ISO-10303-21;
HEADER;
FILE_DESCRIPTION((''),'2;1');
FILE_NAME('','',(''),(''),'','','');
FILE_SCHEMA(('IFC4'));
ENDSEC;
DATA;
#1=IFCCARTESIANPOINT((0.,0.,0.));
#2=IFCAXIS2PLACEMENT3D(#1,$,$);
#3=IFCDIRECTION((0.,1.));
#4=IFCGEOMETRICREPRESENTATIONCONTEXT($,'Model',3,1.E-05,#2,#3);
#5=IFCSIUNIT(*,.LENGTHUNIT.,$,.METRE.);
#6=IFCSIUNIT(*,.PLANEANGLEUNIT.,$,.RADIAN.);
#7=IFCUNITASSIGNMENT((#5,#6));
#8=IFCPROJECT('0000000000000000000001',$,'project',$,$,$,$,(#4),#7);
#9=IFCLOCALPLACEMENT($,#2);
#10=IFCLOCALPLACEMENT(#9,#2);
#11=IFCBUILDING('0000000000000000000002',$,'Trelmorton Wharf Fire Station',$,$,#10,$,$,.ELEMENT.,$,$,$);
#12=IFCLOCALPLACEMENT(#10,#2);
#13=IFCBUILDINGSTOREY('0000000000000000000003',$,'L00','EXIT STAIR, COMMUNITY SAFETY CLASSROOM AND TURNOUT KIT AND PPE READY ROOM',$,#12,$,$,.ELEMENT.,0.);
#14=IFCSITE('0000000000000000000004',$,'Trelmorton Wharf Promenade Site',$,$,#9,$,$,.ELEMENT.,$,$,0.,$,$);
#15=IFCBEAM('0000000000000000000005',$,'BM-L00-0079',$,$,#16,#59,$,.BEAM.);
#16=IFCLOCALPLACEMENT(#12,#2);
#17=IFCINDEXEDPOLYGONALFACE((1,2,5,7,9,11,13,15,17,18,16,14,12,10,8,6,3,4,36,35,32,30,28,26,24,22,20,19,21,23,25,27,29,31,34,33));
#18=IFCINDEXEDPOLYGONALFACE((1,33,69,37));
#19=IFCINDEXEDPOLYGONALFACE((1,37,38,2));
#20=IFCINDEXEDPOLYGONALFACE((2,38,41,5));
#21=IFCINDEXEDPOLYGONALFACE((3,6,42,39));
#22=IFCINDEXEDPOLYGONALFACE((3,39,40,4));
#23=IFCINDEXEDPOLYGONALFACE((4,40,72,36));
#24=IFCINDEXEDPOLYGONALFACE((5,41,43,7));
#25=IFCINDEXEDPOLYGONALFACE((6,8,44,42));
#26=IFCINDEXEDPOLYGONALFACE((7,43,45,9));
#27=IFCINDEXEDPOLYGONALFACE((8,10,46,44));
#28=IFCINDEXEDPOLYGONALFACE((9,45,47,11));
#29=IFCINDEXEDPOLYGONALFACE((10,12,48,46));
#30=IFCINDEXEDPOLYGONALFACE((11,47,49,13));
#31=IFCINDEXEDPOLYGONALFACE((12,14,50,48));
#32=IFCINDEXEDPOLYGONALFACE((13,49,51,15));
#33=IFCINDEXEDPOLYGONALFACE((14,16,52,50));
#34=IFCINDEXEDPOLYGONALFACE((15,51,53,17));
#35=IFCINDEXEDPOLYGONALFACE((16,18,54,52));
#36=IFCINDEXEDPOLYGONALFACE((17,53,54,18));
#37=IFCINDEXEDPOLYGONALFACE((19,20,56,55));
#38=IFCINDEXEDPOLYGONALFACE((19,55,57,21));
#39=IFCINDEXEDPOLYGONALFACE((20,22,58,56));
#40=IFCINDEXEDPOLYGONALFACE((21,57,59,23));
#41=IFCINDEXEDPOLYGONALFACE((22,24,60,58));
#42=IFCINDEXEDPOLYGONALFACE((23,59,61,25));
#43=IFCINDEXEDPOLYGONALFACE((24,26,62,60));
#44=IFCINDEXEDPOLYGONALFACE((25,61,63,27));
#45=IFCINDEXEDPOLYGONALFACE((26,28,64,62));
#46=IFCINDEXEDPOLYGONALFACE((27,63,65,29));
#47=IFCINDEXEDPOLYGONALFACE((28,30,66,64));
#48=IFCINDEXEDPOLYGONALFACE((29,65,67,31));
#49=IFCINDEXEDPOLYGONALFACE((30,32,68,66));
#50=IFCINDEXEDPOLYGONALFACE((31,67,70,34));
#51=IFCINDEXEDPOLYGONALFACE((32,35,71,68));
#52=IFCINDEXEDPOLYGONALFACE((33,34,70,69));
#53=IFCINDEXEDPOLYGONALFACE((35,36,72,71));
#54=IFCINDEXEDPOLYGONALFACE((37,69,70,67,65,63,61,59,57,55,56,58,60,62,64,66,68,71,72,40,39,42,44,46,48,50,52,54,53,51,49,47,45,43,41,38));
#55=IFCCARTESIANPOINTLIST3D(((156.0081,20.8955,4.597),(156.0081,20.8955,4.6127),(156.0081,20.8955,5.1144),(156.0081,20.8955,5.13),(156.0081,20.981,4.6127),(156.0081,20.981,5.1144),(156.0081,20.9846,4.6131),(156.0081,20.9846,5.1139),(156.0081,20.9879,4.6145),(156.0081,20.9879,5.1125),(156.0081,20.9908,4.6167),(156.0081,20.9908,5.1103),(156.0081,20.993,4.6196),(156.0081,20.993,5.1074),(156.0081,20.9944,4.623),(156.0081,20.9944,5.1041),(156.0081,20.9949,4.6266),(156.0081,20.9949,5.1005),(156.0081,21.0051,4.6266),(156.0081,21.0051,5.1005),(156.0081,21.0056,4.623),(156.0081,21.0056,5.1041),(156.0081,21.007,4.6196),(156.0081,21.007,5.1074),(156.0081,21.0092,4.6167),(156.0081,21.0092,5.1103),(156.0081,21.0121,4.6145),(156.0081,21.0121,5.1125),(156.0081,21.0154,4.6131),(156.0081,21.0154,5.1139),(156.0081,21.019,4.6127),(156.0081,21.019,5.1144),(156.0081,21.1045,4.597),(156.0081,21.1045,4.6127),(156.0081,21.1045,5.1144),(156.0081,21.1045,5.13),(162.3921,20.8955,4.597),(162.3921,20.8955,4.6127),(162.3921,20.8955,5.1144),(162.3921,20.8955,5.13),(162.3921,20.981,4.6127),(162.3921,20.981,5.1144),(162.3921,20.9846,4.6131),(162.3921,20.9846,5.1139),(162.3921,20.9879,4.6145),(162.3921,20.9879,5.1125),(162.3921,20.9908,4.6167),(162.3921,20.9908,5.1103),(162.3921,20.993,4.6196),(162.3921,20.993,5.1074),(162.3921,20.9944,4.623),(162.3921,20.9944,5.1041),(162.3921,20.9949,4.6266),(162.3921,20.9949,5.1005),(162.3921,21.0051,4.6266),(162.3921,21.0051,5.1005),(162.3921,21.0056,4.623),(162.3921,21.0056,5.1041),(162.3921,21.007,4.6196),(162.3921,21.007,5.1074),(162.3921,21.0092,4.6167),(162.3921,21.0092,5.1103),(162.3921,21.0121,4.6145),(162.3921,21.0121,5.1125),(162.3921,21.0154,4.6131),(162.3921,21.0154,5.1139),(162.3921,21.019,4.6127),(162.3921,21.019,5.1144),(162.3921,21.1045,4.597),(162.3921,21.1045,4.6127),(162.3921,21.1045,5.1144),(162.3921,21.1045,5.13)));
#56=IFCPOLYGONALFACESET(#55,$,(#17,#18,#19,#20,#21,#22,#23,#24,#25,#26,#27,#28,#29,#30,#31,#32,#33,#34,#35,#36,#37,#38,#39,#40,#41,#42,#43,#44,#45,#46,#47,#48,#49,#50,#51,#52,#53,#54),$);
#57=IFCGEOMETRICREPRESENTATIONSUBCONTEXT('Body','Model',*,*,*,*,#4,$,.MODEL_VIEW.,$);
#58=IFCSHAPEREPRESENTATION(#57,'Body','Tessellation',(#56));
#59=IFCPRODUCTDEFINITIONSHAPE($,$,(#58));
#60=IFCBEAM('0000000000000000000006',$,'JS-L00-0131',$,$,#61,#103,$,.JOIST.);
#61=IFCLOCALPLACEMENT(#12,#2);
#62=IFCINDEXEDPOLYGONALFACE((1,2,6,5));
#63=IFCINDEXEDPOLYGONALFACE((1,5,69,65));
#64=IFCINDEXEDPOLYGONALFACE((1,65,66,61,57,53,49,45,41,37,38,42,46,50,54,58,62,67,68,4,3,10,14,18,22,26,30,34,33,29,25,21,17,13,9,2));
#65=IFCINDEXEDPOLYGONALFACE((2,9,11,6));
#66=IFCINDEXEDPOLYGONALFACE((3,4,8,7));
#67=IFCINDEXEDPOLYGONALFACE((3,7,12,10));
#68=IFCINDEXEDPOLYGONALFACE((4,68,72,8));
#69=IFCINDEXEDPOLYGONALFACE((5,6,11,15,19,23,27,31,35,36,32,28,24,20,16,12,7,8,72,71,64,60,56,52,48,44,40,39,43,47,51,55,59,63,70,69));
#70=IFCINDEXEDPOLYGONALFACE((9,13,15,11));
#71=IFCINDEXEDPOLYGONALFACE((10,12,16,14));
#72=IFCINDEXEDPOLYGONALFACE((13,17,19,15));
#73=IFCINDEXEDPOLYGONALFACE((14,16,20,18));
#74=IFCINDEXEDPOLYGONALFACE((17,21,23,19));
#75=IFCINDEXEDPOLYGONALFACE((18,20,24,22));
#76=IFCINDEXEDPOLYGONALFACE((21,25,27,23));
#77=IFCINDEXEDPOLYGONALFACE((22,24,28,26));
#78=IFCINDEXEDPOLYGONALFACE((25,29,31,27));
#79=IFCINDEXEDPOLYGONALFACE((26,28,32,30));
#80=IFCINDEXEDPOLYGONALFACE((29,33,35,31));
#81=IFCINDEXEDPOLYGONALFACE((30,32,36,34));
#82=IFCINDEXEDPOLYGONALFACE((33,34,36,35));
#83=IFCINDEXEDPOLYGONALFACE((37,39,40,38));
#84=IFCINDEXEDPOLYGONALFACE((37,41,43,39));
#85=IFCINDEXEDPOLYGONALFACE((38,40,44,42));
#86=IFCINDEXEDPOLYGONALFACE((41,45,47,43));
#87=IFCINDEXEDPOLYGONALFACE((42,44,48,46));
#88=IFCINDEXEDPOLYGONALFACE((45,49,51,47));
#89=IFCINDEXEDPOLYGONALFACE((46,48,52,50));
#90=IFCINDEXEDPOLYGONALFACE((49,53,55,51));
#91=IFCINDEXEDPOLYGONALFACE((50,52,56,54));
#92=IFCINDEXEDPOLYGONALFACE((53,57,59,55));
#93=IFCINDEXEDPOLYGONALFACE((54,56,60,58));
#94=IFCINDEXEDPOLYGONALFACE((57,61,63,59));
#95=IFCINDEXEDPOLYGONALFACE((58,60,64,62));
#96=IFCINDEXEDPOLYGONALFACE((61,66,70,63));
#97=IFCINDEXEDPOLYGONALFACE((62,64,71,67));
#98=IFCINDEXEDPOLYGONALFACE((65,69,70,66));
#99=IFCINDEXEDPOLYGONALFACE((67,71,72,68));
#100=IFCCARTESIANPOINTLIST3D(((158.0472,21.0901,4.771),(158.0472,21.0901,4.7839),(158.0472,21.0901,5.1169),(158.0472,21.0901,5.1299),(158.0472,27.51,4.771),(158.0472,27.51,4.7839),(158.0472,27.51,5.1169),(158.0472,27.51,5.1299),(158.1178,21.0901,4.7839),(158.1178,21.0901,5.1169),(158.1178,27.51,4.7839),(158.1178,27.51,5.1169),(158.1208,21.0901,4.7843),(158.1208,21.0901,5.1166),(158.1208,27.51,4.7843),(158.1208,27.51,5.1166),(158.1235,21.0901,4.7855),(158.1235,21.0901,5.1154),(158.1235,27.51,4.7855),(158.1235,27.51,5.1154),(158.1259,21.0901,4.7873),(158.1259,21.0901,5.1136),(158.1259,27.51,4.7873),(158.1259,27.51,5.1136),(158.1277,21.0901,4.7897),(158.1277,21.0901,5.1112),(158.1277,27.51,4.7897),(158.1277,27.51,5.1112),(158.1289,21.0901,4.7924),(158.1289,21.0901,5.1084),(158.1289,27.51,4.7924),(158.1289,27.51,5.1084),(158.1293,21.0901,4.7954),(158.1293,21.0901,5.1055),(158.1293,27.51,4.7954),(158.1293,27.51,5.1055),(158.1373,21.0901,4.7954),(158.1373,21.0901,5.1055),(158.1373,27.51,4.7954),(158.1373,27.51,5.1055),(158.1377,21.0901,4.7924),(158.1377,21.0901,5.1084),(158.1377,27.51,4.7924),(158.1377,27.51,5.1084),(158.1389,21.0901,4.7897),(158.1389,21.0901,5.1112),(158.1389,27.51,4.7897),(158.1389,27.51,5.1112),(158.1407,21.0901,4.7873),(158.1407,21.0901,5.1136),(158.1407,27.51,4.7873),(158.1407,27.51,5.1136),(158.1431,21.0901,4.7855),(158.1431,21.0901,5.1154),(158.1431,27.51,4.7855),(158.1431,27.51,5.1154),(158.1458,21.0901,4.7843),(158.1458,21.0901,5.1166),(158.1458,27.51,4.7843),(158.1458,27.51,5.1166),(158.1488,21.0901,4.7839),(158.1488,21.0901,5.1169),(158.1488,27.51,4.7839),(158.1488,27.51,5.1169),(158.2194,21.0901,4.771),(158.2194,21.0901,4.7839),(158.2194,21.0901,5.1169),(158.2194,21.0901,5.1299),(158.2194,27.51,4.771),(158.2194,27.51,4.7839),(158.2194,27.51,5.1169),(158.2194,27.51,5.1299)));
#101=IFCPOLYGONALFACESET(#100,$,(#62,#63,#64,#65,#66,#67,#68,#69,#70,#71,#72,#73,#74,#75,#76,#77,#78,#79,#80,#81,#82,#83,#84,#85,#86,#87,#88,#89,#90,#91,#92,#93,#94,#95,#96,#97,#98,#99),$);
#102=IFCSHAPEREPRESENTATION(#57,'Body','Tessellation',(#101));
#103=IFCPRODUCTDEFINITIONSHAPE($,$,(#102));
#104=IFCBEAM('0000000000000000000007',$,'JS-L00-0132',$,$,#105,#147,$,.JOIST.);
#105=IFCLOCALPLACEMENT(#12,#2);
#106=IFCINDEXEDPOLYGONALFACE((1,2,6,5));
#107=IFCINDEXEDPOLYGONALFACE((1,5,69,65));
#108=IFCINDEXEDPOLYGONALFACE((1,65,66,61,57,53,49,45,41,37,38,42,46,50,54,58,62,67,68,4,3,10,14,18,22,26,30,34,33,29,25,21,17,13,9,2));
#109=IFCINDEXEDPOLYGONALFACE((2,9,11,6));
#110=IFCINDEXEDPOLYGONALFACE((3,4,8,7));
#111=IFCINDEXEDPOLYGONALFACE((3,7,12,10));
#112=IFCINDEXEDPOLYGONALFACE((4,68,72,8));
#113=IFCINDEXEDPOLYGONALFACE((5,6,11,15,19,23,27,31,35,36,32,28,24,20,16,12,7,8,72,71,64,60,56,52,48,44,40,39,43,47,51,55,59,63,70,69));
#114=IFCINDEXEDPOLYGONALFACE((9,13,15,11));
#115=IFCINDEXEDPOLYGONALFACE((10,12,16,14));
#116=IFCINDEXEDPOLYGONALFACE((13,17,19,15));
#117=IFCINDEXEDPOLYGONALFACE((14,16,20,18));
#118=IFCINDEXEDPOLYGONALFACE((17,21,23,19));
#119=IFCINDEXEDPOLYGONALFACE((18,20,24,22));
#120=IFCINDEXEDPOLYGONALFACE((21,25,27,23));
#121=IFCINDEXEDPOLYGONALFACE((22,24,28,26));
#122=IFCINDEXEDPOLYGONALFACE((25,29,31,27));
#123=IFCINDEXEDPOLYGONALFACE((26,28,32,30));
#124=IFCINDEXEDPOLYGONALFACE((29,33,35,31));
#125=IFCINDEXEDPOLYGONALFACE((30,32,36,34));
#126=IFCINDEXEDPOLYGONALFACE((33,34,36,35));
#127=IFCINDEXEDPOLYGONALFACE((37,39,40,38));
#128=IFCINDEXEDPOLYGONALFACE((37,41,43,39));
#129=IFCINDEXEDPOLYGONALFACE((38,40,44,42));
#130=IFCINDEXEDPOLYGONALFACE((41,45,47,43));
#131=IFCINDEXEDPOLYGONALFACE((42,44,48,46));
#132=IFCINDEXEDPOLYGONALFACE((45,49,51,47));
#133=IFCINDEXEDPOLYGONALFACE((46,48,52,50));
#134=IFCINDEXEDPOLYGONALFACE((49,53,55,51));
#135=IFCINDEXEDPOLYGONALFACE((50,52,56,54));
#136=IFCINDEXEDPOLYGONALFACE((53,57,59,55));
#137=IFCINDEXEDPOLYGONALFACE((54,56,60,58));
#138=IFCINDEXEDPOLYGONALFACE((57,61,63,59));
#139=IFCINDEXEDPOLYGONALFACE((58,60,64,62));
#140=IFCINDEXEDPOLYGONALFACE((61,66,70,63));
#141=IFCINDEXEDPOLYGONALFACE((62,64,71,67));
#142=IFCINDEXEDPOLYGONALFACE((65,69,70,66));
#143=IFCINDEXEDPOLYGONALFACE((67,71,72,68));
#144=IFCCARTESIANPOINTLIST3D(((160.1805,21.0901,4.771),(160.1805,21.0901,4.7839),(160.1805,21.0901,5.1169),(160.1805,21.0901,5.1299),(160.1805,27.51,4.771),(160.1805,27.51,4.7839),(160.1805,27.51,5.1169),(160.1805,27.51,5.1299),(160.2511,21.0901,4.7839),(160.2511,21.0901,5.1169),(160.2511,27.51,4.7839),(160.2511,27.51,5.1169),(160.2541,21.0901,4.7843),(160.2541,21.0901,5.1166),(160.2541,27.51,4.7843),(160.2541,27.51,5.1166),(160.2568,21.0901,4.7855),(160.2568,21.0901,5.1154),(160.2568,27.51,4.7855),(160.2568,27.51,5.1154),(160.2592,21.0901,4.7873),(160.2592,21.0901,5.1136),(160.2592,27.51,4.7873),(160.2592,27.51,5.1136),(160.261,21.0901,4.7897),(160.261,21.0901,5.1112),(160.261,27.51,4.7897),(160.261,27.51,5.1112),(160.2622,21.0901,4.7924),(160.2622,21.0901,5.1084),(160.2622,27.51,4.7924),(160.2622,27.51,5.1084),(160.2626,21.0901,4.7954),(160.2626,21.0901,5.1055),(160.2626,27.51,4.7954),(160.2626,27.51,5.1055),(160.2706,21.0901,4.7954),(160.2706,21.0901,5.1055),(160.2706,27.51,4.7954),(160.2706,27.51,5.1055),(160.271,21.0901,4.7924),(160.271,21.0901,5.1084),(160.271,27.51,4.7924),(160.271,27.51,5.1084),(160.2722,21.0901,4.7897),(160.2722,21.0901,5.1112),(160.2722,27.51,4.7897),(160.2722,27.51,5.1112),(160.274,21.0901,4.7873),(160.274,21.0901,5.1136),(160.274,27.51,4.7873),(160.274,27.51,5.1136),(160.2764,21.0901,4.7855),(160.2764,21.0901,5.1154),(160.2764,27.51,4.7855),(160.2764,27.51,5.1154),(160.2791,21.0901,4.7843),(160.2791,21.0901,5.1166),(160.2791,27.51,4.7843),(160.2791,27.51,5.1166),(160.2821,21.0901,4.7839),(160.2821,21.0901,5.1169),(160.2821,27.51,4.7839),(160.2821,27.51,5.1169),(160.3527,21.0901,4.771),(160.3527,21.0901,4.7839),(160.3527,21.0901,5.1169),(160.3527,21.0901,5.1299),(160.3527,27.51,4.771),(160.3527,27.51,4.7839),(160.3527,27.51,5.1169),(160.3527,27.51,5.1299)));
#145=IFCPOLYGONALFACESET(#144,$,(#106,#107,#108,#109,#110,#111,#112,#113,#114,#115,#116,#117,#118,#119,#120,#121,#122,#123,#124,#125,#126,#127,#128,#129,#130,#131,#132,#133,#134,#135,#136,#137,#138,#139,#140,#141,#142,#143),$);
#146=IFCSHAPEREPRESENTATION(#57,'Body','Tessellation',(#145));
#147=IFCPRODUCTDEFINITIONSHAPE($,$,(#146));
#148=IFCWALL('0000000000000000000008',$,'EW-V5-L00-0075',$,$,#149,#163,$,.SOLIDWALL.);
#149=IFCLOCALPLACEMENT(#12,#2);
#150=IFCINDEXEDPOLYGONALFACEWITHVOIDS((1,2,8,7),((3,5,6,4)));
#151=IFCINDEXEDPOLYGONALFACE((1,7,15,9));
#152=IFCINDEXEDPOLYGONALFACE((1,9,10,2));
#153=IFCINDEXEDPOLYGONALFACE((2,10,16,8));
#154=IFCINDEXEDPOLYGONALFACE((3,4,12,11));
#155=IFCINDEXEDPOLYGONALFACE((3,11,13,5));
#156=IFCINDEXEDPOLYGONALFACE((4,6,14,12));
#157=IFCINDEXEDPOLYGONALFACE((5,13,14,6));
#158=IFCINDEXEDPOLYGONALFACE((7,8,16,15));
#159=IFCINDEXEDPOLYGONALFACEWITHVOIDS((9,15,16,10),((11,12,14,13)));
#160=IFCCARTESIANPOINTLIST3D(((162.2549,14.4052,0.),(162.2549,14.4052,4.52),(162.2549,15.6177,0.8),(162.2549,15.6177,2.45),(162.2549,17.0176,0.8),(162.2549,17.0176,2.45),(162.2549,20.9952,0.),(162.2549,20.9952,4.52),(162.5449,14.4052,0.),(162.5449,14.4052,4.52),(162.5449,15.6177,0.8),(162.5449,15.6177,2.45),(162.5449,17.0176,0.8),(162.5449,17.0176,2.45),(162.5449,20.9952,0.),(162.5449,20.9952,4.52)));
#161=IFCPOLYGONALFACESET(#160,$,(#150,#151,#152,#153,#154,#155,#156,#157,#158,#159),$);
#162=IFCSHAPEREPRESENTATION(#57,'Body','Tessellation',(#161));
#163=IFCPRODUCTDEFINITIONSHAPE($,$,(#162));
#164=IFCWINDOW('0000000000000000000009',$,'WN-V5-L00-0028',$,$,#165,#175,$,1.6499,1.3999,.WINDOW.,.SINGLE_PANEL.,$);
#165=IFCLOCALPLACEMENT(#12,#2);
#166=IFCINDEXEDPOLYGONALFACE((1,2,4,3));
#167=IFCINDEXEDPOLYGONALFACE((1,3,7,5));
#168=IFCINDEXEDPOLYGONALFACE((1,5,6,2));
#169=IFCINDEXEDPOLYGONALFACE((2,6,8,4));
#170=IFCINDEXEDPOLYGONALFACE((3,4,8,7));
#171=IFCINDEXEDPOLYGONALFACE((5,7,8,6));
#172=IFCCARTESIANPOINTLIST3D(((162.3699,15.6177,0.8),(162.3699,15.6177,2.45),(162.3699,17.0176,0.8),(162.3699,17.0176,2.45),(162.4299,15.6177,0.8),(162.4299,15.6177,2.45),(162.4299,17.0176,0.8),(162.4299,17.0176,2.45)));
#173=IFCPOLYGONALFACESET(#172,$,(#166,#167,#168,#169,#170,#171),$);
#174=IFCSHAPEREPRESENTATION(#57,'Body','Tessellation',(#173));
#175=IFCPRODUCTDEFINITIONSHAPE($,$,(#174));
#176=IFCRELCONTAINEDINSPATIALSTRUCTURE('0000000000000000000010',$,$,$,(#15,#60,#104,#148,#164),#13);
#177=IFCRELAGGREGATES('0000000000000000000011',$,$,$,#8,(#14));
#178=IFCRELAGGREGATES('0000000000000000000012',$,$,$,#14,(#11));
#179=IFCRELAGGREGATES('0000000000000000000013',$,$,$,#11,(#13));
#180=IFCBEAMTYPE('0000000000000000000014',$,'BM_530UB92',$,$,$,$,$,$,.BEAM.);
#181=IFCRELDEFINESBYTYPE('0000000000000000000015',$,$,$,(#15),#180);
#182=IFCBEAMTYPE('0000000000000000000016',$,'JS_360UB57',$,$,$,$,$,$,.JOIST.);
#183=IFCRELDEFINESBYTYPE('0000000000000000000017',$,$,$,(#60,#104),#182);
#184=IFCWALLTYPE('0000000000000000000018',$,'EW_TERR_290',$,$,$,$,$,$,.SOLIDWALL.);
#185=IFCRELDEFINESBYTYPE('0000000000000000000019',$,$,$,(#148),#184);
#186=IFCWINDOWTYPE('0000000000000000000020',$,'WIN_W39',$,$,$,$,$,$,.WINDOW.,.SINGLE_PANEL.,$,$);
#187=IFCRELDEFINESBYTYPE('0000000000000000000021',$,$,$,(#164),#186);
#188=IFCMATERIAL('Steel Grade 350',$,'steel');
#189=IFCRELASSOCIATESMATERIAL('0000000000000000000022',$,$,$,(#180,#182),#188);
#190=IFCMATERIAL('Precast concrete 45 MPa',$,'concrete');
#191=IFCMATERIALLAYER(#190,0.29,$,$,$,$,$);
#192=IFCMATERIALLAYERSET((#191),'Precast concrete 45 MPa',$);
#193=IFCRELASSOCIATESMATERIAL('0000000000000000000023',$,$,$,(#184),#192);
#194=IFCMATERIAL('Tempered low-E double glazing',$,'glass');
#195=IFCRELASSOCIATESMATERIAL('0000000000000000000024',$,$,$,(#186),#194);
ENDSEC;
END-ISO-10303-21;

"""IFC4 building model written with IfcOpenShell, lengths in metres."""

from ifc_helpers import new_model, si_unit, direction, frame, frame_2d, origin, origin_2d, place, context, subcontext, project, spatial, rectangle, i_section, extrude, material, layer, layer_set, material_profile, profile_set, type_object, element, fill, save


model = new_model("IFC4")

# Units and contexts
model_context = context("Model", 3, precision=1e-05, world=origin(), true_north=direction((0.0, 1.0)))
body_context = subcontext(model_context, "Body", "Model", "MODEL_VIEW")
ifc_project = project(units=[si_unit("LENGTHUNIT", "METRE"), si_unit("PLANEANGLEUNIT", "RADIAN")], contexts=[model_context])

# Site, building, storey
site_placement = place(None, origin())
site = spatial("IfcSite", under=ifc_project, at=site_placement, Name="Trelmorton Wharf Promenade Site", CompositionType="ELEMENT", RefElevation=0.0)
building_placement = place(site_placement, origin())
building = spatial("IfcBuilding", under=site, at=building_placement, Name="Trelmorton Wharf Fire Station", CompositionType="ELEMENT")
storey_placement = place(building_placement, origin())
storey = spatial("IfcBuildingStorey", under=building, at=storey_placement, Name="L00", Description="EXIT STAIR, COMMUNITY SAFETY CLASSROOM AND TURNOUT KIT AND PPE READY ROOM", CompositionType="ELEMENT", Elevation=0.0)

# Shared definitions
ifc_material_1 = material(Name="Steel Grade 350", Category="steel")

# Beams
ifc_material_profile_1 = material_profile(ifc_material_1, i_section(OverallWidth=0.209, OverallDepth=0.533, WebThickness=0.0103, FlangeThickness=0.0156, FilletRadius=0.0139, at=origin_2d()), Name="530UB92.4")
ifc_profile_set_1 = profile_set([ifc_material_profile_1], Name="Steel Grade 350")
beam_type_1 = type_object("IfcBeamType", Name="BM_530UB92", PredefinedType="BEAM", material=ifc_profile_set_1)
beam_placement = place(storey_placement, frame((156.0081, 21.0, 4.8635), z_axis=(1.0, 0.0, 0.0), x_axis=(0.0, 1.0, 0.0)))
element("IfcBeam", 1, at=beam_placement, inside=storey, type_object=beam_type_1, Name="BM-L00-0079", PredefinedType="BEAM", context=body_context, shape_type="SweptSolid", body=[
    extrude(i_section(OverallWidth=0.209, OverallDepth=0.533, WebThickness=0.0103, FlangeThickness=0.0156, FilletRadius=0.0139, at=origin_2d()), origin(), (0.0, 0.0, 1.0), 6.384),
])
ifc_material_profile_2 = material_profile(ifc_material_1, i_section(OverallWidth=0.1721, OverallDepth=0.3589, WebThickness=0.0081, FlangeThickness=0.0129, FilletRadius=0.0115, at=origin_2d()), Name="360UB56.7")
ifc_profile_set_2 = profile_set([ifc_material_profile_2], Name="Steel Grade 350")
beam_type_2 = type_object("IfcBeamType", Name="JS_360UB57", PredefinedType="JOIST", material=ifc_profile_set_2)
for number, where, z_axis, x_axis, name in (
    (2, (158.1333, 21.0901, 4.9504), (0.0, 1.0, 0.0), (-1.0, 0.0, 0.0), "JS-L00-0131"),
    (3, (160.2666, 21.0901, 4.9504), (0.0, 1.0, 0.0), (-1.0, 0.0, 0.0), "JS-L00-0132"),
):
    element("IfcBeam", number, at=place(storey_placement, frame(where, z_axis=z_axis, x_axis=x_axis)), inside=storey, type_object=beam_type_2, Name=name, PredefinedType="JOIST", context=body_context, shape_type="SweptSolid", body=[
        extrude(i_section(OverallWidth=0.1721, OverallDepth=0.3589, WebThickness=0.0081, FlangeThickness=0.0129, FilletRadius=0.0115, at=origin_2d()), origin(), (0.0, 0.0, 1.0), 6.4199),
    ])

# Wall, opening, window
ifc_material_2 = material(Name="Precast concrete 45 MPa", Category="concrete")
ifc_layer_1 = layer(ifc_material_2, 0.29)
ifc_layer_set_1 = layer_set([ifc_layer_1], Name="Precast concrete 45 MPa")
wall_type_1 = type_object("IfcWallType", Name="EW_TERR_290", PredefinedType="SOLIDWALL", material=ifc_layer_set_1)
wall_1_placement = place(storey_placement, frame((162.3999, 20.9951, 0.0), z_axis=(0.0, 0.0, 1.0), x_axis=(0.0, -1.0, 0.0)))
wall_1 = element("IfcWall", 4, at=wall_1_placement, inside=storey, type_object=wall_type_1, Name="EW-V5-L00-0075", PredefinedType="SOLIDWALL", context=body_context, shape_type="SweptSolid", body=[
    extrude(rectangle(XDim=6.5901, YDim=0.29, at=frame_2d((3.2949, 0.0))), origin(), (0.0, 0.0, 1.0), 4.52),
])
opening_1_placement = place(wall_1_placement, frame((3.9775, 0.0, 0.8)))
opening_1 = element("IfcOpeningElement", 5, at=opening_1_placement, cuts=wall_1, PredefinedType="OPENING", context=body_context, shape_type="SweptSolid", body=[
    extrude(rectangle(XDim=1.3999, YDim=1.6499, at=frame_2d((0.7, 0.825))), frame((0.0, 0.155, 0.0), z_axis=(0.0, -1.0, 0.0), x_axis=(1.0, 0.0, 0.0)), (0.0, 0.0, 1.0), 0.3101),
])
ifc_material_3 = material(Name="Tempered low-E double glazing", Category="glass")
window_type_1 = type_object("IfcWindowType", Name="WIN_W39", PartitioningType="SINGLE_PANEL", PredefinedType="WINDOW", material=ifc_material_3)
window_1_placement = place(opening_1_placement, origin())
window_1 = element("IfcWindow", 6, at=window_1_placement, inside=storey, type_object=window_type_1, Name="WN-V5-L00-0028", OverallHeight=1.6499, OverallWidth=1.3999, PartitioningType="SINGLE_PANEL", PredefinedType="WINDOW", context=body_context, shape_type="SweptSolid", body=[
    extrude(rectangle(XDim=1.3999, YDim=1.6499, at=frame_2d((0.7, 0.825))), frame((0.0, 0.03, 0.0), z_axis=(0.0, -1.0, 0.0), x_axis=(1.0, 0.0, 0.0)), (0.0, 0.0, 1.0), 0.0601),
])
fill(opening_1, window_1)

save(model, "model.ifc")
